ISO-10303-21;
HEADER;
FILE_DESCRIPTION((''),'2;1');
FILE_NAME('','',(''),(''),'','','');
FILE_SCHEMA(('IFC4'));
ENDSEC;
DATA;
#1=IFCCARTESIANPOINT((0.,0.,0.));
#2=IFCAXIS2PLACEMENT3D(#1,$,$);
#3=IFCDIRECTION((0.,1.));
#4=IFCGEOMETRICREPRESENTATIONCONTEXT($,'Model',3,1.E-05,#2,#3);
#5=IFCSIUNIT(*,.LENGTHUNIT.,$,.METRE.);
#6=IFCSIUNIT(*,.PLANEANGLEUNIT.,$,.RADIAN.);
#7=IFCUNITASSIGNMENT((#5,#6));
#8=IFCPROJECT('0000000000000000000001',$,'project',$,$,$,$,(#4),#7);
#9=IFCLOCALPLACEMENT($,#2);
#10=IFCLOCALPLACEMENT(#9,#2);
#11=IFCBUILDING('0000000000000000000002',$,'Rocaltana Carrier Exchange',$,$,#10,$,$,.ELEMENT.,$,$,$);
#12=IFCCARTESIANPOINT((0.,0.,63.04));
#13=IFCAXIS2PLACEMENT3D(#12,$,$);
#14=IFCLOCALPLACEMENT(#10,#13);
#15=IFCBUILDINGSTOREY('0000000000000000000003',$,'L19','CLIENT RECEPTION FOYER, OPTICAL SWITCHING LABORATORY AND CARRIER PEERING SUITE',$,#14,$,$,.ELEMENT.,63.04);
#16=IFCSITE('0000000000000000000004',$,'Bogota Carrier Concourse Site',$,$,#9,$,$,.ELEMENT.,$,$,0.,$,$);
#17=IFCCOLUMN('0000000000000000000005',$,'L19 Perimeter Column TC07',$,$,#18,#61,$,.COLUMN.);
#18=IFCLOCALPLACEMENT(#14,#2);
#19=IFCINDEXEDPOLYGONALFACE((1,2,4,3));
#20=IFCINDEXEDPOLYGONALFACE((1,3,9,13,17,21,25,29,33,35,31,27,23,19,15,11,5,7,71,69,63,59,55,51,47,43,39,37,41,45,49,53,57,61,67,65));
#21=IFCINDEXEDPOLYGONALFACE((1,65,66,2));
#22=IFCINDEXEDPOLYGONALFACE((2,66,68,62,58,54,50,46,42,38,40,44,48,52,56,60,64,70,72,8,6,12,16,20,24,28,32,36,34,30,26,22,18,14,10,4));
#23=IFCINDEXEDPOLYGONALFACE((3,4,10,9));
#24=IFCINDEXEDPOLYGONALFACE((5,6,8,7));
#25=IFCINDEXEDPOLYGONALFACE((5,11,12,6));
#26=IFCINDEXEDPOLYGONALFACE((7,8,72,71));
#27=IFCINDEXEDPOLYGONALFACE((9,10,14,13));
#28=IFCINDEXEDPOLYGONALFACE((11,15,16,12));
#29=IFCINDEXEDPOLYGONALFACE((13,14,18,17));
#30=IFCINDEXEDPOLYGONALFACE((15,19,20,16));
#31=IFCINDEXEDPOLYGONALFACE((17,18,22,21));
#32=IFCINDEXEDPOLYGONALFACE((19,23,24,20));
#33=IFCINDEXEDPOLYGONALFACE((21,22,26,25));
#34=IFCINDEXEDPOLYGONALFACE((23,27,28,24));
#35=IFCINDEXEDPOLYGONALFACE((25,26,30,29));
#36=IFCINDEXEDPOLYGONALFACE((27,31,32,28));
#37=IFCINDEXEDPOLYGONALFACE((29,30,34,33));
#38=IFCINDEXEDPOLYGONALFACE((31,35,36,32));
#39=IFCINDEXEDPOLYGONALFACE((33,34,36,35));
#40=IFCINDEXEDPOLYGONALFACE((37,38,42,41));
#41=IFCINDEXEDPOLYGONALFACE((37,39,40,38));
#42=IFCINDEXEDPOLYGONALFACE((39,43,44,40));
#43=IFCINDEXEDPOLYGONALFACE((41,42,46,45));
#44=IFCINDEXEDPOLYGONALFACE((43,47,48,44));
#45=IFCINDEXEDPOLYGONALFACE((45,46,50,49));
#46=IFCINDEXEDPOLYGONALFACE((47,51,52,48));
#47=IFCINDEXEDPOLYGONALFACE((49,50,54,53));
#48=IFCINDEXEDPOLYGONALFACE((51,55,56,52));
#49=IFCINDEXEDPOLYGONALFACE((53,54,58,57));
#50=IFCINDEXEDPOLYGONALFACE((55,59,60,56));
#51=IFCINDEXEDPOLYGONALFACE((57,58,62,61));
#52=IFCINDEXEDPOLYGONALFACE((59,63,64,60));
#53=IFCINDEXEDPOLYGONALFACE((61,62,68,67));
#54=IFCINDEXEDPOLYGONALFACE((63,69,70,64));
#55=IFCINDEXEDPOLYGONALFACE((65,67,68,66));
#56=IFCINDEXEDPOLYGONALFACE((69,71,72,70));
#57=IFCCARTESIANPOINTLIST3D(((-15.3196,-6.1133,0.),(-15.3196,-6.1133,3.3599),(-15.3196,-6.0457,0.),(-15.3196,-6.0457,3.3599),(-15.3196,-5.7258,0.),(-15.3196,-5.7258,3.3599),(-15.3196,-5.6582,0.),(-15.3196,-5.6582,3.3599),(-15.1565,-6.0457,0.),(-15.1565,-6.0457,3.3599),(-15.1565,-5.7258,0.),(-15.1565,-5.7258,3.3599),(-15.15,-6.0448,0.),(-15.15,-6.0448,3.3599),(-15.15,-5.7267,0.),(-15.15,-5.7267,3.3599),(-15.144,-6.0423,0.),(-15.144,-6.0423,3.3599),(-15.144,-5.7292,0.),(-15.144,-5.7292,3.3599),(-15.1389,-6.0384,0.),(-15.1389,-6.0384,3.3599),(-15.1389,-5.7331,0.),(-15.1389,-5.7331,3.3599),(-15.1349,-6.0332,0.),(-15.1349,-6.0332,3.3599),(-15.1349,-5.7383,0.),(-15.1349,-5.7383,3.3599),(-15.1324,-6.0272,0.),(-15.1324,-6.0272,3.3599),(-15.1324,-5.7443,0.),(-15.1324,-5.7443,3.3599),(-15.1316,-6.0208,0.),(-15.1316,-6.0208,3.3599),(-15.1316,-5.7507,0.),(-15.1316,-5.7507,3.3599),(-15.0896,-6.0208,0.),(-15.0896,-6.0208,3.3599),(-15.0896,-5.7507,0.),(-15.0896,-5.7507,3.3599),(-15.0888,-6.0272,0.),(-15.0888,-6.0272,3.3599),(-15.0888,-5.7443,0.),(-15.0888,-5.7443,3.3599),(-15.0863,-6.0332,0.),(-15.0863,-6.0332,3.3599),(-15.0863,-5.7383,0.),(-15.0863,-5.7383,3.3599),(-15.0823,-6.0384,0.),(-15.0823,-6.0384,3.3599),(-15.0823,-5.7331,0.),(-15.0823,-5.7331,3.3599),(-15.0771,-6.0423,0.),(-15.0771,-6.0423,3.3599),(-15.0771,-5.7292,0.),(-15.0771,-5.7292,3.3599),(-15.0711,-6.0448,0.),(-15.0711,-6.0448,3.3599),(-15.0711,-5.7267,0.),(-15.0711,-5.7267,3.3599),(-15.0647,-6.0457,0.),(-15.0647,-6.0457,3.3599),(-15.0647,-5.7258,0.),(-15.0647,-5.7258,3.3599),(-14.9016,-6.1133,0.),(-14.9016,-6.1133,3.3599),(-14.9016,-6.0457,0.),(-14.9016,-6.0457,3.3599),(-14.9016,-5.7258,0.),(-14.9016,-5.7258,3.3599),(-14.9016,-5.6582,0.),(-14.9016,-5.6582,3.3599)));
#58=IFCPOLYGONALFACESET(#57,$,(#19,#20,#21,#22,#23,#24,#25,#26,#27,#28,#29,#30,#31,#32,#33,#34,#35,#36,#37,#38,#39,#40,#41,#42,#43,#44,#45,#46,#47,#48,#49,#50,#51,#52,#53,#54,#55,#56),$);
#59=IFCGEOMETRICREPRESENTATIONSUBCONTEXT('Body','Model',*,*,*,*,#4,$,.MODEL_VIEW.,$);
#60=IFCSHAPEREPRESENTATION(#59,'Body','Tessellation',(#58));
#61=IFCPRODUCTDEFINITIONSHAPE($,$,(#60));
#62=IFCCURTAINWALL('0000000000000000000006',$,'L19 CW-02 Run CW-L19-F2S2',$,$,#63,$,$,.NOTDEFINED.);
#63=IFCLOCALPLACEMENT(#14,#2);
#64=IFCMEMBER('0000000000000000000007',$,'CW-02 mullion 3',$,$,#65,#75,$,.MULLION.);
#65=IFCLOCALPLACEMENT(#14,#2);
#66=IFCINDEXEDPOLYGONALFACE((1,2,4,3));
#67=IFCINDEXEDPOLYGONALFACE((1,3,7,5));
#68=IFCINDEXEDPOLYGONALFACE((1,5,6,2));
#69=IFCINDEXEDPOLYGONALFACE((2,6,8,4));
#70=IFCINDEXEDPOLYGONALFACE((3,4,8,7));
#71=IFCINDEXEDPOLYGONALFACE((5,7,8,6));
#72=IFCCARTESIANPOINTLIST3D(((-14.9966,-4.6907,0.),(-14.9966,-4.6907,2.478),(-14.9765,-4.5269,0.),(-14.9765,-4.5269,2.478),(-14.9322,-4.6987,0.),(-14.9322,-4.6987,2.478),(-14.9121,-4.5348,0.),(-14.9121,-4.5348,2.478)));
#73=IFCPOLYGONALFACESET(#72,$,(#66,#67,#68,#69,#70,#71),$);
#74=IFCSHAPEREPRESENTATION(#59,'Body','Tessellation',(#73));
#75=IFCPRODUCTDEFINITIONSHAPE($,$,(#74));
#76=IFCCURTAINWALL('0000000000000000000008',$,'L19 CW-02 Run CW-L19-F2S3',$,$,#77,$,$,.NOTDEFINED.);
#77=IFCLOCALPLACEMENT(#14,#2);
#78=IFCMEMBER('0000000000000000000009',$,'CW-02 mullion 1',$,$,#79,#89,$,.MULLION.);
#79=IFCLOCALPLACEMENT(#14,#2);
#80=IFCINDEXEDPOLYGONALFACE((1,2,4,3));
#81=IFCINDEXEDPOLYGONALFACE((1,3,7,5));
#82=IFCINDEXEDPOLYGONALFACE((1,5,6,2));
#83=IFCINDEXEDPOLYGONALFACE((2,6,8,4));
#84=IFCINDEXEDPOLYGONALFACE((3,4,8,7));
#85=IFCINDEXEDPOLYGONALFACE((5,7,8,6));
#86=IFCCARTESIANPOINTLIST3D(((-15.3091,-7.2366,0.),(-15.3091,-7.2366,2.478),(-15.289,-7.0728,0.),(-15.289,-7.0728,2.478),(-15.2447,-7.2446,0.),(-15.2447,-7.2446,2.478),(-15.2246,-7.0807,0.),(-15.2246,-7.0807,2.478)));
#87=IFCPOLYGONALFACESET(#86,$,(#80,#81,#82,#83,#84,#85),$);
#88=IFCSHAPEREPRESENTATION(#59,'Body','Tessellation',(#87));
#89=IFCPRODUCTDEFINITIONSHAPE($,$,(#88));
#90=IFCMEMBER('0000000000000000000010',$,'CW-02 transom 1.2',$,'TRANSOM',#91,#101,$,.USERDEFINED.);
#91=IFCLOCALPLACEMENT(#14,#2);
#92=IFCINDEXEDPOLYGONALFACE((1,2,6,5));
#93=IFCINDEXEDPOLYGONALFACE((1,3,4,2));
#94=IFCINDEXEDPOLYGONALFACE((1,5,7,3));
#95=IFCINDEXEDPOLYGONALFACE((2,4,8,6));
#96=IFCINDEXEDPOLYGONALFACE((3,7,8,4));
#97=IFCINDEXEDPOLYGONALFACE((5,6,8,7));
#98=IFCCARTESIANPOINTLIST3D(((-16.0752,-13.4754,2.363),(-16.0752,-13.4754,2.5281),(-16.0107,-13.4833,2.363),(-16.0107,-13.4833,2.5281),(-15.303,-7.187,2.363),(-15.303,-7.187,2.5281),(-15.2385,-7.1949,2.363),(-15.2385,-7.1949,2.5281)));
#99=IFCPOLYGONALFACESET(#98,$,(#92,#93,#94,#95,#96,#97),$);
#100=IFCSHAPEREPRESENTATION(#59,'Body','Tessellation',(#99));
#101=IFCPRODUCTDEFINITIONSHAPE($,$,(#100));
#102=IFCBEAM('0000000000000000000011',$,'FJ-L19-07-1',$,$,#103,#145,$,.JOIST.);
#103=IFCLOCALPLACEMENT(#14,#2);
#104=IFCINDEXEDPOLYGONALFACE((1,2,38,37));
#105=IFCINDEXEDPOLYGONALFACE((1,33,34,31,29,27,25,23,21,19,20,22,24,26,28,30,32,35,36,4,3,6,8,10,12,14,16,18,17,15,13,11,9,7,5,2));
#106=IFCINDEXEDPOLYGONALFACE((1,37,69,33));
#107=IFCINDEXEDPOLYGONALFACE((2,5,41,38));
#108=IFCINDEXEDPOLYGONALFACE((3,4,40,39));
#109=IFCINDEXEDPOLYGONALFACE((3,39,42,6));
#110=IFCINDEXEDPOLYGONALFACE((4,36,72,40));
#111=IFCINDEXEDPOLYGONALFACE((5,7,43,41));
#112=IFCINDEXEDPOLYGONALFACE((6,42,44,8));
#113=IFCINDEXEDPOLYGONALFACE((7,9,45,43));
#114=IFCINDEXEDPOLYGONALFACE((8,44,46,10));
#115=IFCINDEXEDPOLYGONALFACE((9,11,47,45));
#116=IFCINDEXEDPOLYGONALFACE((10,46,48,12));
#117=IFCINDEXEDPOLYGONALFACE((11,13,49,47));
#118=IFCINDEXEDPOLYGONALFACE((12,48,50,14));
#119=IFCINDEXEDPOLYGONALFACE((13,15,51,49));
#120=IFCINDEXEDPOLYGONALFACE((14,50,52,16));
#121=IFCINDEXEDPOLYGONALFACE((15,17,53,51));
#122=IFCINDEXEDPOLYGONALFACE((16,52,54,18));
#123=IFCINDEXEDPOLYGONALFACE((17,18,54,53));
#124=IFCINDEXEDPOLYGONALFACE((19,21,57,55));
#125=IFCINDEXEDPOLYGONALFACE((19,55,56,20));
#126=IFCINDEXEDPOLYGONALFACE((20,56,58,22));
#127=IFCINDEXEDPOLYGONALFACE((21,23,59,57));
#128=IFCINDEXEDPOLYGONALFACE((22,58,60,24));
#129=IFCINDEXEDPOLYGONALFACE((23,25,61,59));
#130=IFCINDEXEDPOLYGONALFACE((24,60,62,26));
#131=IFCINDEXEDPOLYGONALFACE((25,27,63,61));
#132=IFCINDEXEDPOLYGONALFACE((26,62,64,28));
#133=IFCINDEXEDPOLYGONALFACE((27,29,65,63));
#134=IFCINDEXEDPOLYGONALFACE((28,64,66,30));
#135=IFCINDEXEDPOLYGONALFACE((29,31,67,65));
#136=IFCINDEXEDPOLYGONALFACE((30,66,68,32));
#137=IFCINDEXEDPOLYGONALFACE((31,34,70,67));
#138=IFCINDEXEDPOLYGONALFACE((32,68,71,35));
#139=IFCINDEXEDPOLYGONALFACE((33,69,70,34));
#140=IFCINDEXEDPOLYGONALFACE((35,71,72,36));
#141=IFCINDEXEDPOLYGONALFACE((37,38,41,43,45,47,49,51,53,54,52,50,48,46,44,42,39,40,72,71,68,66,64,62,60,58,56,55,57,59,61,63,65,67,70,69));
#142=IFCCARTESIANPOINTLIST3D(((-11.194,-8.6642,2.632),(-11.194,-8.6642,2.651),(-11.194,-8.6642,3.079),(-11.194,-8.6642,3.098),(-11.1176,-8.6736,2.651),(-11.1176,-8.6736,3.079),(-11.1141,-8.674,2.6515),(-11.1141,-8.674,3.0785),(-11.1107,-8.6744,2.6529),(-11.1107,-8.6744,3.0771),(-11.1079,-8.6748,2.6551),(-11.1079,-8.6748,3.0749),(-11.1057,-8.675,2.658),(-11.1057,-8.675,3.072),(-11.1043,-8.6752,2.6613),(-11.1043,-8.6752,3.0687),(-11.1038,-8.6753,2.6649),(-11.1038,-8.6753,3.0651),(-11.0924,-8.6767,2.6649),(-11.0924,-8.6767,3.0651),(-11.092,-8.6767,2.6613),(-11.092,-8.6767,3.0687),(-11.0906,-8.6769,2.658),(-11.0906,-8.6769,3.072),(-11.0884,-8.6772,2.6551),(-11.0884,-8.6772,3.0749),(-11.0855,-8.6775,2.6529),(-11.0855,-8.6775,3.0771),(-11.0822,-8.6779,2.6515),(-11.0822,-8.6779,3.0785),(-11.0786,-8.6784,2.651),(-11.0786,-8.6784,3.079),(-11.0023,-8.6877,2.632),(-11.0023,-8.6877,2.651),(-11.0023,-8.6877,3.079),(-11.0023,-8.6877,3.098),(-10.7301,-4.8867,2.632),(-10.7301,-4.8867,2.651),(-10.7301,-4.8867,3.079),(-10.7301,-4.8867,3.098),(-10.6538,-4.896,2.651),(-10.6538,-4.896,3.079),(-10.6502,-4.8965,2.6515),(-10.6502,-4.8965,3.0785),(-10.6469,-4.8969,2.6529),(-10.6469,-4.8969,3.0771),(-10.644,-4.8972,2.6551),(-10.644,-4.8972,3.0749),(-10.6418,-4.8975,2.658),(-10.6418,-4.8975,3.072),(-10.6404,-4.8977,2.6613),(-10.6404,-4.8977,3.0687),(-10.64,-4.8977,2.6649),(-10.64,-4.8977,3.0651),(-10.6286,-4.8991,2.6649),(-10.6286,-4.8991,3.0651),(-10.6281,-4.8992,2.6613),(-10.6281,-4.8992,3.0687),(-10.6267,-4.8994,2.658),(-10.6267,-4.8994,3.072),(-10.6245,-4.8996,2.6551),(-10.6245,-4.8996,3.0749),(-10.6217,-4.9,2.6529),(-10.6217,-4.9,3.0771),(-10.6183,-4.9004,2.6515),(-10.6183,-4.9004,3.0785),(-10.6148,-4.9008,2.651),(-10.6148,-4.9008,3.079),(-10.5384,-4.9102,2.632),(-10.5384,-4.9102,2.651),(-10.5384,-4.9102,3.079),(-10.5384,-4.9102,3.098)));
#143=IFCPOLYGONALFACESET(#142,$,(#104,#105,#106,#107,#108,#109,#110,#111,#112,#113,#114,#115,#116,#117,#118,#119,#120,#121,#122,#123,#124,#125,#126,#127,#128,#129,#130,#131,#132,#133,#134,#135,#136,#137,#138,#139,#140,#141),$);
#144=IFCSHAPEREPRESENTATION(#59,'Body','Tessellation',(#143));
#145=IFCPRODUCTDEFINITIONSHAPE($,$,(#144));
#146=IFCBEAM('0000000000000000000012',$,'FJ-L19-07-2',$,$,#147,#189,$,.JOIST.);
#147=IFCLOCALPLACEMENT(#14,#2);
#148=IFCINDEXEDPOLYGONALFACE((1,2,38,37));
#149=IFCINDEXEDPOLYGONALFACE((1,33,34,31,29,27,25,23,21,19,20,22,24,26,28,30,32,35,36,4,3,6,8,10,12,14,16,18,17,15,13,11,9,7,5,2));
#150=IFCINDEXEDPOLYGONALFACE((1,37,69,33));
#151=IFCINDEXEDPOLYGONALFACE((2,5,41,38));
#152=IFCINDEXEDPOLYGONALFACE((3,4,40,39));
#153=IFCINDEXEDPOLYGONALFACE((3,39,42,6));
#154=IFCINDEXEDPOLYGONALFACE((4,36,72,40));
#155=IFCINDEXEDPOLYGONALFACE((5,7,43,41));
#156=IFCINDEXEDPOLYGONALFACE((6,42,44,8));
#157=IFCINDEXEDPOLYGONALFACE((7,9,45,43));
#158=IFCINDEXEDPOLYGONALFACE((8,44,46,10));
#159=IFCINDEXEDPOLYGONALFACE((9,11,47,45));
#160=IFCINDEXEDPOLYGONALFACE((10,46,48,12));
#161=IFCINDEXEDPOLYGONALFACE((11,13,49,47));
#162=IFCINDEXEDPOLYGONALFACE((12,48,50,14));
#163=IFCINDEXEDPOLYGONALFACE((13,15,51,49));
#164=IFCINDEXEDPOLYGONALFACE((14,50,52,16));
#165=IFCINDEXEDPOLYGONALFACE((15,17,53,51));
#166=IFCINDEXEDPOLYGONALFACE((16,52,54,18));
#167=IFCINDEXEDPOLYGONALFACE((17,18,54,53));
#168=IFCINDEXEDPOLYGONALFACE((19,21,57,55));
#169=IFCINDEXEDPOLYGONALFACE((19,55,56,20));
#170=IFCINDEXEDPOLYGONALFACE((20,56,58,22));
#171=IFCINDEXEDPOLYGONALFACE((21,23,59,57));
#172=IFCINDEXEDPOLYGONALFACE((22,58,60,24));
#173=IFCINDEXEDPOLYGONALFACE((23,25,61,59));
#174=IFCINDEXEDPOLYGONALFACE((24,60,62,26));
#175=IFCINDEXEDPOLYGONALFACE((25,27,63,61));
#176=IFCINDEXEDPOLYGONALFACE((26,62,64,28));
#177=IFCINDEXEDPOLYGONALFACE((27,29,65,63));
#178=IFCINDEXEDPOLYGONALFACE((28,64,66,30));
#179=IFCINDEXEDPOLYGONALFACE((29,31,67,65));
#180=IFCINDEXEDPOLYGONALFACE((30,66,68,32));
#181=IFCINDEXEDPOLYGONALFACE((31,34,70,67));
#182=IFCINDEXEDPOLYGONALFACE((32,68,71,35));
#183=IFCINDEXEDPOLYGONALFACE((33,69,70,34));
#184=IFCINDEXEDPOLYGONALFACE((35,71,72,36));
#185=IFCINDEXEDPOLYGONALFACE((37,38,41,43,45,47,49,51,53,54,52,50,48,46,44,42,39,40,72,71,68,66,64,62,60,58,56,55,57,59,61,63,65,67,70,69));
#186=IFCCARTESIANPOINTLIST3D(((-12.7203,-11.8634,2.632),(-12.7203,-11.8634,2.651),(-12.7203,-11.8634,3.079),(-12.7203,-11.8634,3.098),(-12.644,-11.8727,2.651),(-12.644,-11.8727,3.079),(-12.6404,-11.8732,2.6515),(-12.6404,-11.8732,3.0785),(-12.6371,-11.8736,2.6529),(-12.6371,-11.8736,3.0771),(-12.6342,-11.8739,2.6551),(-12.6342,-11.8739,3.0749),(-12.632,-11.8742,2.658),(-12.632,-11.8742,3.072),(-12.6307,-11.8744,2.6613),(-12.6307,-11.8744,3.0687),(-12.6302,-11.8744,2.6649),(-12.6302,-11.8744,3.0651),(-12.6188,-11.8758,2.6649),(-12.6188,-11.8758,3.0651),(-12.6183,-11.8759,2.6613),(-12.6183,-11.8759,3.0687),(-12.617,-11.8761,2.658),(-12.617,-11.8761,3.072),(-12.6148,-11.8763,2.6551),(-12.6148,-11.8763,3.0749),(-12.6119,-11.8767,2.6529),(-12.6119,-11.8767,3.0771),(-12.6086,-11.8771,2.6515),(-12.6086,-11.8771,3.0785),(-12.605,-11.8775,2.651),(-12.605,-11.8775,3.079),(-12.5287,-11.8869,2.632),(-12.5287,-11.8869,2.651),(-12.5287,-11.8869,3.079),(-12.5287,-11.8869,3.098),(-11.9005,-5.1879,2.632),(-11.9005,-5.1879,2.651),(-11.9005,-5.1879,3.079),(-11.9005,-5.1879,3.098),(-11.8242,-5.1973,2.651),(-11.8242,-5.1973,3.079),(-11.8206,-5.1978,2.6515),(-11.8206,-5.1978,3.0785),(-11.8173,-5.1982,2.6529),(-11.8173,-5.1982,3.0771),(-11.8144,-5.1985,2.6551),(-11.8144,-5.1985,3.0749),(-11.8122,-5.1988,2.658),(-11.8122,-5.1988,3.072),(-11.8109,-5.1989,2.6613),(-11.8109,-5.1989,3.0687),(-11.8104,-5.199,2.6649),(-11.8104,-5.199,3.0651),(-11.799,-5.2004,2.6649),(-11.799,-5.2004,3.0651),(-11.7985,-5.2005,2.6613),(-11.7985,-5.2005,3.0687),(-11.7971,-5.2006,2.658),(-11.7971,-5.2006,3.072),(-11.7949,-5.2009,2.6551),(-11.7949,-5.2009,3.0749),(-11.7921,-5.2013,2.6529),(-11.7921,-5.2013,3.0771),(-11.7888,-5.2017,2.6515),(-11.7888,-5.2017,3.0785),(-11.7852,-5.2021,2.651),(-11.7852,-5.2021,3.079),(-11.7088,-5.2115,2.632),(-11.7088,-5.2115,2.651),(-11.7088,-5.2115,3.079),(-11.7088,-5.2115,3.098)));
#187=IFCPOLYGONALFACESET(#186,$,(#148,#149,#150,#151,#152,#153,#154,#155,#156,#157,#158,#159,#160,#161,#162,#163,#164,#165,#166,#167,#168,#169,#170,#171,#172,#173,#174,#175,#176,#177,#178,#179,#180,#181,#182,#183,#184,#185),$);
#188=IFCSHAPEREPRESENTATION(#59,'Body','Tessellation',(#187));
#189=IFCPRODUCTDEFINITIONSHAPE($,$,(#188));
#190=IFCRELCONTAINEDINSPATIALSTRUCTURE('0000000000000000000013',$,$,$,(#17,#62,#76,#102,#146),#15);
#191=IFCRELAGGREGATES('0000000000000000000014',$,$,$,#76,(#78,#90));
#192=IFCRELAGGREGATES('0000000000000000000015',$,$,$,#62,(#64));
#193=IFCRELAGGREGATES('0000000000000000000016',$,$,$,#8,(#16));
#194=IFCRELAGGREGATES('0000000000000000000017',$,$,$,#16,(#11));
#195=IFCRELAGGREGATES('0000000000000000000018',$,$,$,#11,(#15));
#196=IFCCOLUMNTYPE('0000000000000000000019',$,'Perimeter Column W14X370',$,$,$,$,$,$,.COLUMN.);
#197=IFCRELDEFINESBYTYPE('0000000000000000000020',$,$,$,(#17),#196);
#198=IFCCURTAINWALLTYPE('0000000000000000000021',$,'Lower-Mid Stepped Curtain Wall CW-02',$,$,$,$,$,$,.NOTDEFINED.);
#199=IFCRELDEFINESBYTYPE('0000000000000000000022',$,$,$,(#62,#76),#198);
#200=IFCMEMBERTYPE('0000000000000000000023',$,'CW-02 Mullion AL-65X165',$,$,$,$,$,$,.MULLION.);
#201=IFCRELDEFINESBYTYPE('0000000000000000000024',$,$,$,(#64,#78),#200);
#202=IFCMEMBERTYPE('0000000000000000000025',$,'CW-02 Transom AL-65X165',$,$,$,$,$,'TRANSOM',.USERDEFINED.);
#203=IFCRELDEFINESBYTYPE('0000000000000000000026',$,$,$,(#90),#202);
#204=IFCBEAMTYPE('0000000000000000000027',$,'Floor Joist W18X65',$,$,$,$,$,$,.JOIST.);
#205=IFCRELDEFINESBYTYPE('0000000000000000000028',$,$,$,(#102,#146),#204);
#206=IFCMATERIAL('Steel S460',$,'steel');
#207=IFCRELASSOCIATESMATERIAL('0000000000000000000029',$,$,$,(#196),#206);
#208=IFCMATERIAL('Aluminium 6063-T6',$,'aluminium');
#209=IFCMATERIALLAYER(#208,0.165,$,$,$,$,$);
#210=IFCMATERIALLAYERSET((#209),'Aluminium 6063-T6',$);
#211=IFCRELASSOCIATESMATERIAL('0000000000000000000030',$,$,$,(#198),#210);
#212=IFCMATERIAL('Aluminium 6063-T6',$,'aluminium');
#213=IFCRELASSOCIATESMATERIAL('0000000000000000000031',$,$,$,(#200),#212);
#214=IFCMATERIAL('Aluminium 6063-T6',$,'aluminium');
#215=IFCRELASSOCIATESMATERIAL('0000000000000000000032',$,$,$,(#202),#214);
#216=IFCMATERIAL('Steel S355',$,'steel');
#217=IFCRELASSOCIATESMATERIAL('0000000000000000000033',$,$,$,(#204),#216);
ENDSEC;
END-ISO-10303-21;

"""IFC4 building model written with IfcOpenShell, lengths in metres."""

from ifc_helpers import new_model, si_unit, direction, frame, origin, origin_2d, place, context, subcontext, project, spatial, rectangle, i_section, extrude, material, layer, layer_set, material_profile, profile_set, type_object, element, aggregate, save


model = new_model("IFC4")

# Units and contexts
model_context = context("Model", 3, precision=1e-05, world=origin(), true_north=direction((0.0, 1.0)))
body_context = subcontext(model_context, "Body", "Model", "MODEL_VIEW")
ifc_project = project(units=[si_unit("LENGTHUNIT", "METRE"), si_unit("PLANEANGLEUNIT", "RADIAN")], contexts=[model_context])

# Site, building, storey
site_placement = place(None, origin())
site = spatial("IfcSite", under=ifc_project, at=site_placement, Name="Bogota Carrier Concourse Site", CompositionType="ELEMENT", RefElevation=0.0)
building_placement = place(site_placement, origin())
building = spatial("IfcBuilding", under=site, at=building_placement, Name="Rocaltana Carrier Exchange", CompositionType="ELEMENT")
storey_placement = place(building_placement, frame((0.0, 0.0, 63.04)))
storey = spatial("IfcBuildingStorey", under=building, at=storey_placement, Name="L19", Description="CLIENT RECEPTION FOYER, OPTICAL SWITCHING LABORATORY AND CARRIER PEERING SUITE", CompositionType="ELEMENT", Elevation=63.04)

# Column
ifc_material_1 = material(Name="Steel S460", Category="steel")
ifc_material_profile_1 = material_profile(ifc_material_1, i_section(OverallWidth=0.418, OverallDepth=0.4551, WebThickness=0.042, FlangeThickness=0.0676, FilletRadius=0.0249, at=origin_2d()), Name="W14X370")
ifc_profile_set_1 = profile_set([ifc_material_profile_1], Name="Steel S460")
column_type = type_object("IfcColumnType", Name="Perimeter Column W14X370", PredefinedType="COLUMN", material=ifc_profile_set_1)
column_placement = place(storey_placement, frame((-15.1106, -5.8857, 0.0), z_axis=(0.0, 0.0, 1.0), x_axis=(1.0, 0.0, 0.0)))
element("IfcColumn", 1, at=column_placement, inside=storey, type_object=column_type, Name="L19 Perimeter Column TC07", PredefinedType="COLUMN", context=body_context, shape_type="SweptSolid", body=[
    extrude(i_section(OverallWidth=0.418, OverallDepth=0.4551, WebThickness=0.042, FlangeThickness=0.0676, FilletRadius=0.0249, at=origin_2d()), origin(), (0.0, 0.0, 1.0), 3.3599),
])

# Curtain wall, member
ifc_material_2 = material(Name="Aluminium 6063-T6", Category="aluminium")
ifc_layer_1 = layer(ifc_material_2, 0.165)
ifc_layer_set_1 = layer_set([ifc_layer_1], Name="Aluminium 6063-T6")
curtain_wall_type = type_object("IfcCurtainWallType", Name="Lower-Mid Stepped Curtain Wall CW-02", PredefinedType="NOTDEFINED", material=ifc_layer_set_1)
curtain_wall_1_placement = place(storey_placement, origin())
curtain_wall_1 = element("IfcCurtainWall", 2, at=curtain_wall_1_placement, inside=storey, type_object=curtain_wall_type, Name="L19 CW-02 Run CW-L19-F2S2", PredefinedType="NOTDEFINED")
ifc_material_3 = material(Name="Aluminium 6063-T6", Category="aluminium")
ifc_material_profile_2 = material_profile(ifc_material_3, rectangle(XDim=0.0649, YDim=0.165, at=origin_2d()), Name="AL-65X165")
ifc_profile_set_2 = profile_set([ifc_material_profile_2], Name="Aluminium 6063-T6")
member_type_1 = type_object("IfcMemberType", Name="CW-02 Mullion AL-65X165", PredefinedType="MULLION", material=ifc_profile_set_2)
member_1_placement = place(storey_placement, frame((-14.9543, -4.6128, 0.0), z_axis=(0.0, 0.0, 1.0), x_axis=(0.992546, -0.121874, 0.0)))
member_1 = element("IfcMember", 3, at=member_1_placement, type_object=member_type_1, Name="CW-02 mullion 3", PredefinedType="MULLION", context=body_context, shape_type="SweptSolid", body=[
    extrude(rectangle(XDim=0.0649, YDim=0.165, at=origin_2d()), origin(), (0.0, 0.0, 1.0), 2.478),
])

# Curtain wall, members
curtain_wall_2_placement = place(storey_placement, origin())
curtain_wall_2 = element("IfcCurtainWall", 4, at=curtain_wall_2_placement, inside=storey, type_object=curtain_wall_type, Name="L19 CW-02 Run CW-L19-F2S3", PredefinedType="NOTDEFINED")
member_2_placement = place(storey_placement, frame((-15.2668, -7.1587, 0.0), z_axis=(0.0, 0.0, 1.0), x_axis=(0.992545, -0.121881, 0.0)))
member_2 = element("IfcMember", 5, at=member_2_placement, type_object=member_type_1, Name="CW-02 mullion 1", PredefinedType="MULLION", context=body_context, shape_type="SweptSolid", body=[
    extrude(rectangle(XDim=0.0649, YDim=0.165, at=origin_2d()), origin(), (0.0, 0.0, 1.0), 2.478),
])
ifc_material_4 = material(Name="Aluminium 6063-T6", Category="aluminium")
ifc_material_profile_3 = material_profile(ifc_material_4, rectangle(XDim=0.0649, YDim=0.165, at=origin_2d()), Name="AL-65X165")
ifc_profile_set_3 = profile_set([ifc_material_profile_3], Name="Aluminium 6063-T6")
member_type_2 = type_object("IfcMemberType", Name="CW-02 Transom AL-65X165", ElementType="TRANSOM", PredefinedType="USERDEFINED", material=ifc_profile_set_3)
member_3_placement = place(storey_placement, frame((-15.2708, -7.1909, 2.4456), z_axis=(-0.121881, -0.992545, 0.0), x_axis=(0.992545, -0.121881, 0.0)))
member_3 = element("IfcMember", 6, at=member_3_placement, type_object=member_type_2, Name="CW-02 transom 1.2", ObjectType="TRANSOM", PredefinedType="USERDEFINED", context=body_context, shape_type="SweptSolid", body=[
    extrude(rectangle(XDim=0.0649, YDim=0.165, at=origin_2d()), origin(), (0.0, 0.0, 1.0), 6.3357),
])
aggregate(curtain_wall_2, [member_2, member_3])

# Beams
ifc_material_5 = material(Name="Steel S355", Category="steel")
ifc_material_profile_4 = material_profile(ifc_material_5, i_section(OverallWidth=0.1931, OverallDepth=0.4661, WebThickness=0.0115, FlangeThickness=0.019, FilletRadius=0.0139, at=origin_2d()), Name="W18X65")
ifc_profile_set_4 = profile_set([ifc_material_profile_4], Name="Steel S355")
beam_type_1 = type_object("IfcBeamType", Name="Floor Joist W18X65", PredefinedType="JOIST", material=ifc_profile_set_4)
beam_1_placement = place(storey_placement, frame((-10.6343, -4.8984, 2.865), z_axis=(-0.121879, -0.992545, 0.0), x_axis=(0.992545, -0.121879, 0.0)))
element("IfcBeam", 7, at=beam_1_placement, inside=storey, type_object=beam_type_1, Name="FJ-L19-07-1", PredefinedType="JOIST", context=body_context, shape_type="SweptSolid", body=[
    extrude(i_section(OverallWidth=0.1931, OverallDepth=0.4661, WebThickness=0.0115, FlangeThickness=0.019, FilletRadius=0.0139, at=origin_2d()), origin(), (0.0, 0.0, 1.0), 3.8059),
])
beam_2_placement = place(storey_placement, frame((-11.8047, -5.1997, 2.865), z_axis=(-0.121894, -0.992543, 0.0), x_axis=(0.992543, -0.121894, 0.0)))
element("IfcBeam", 8, at=beam_2_placement, inside=storey, type_object=beam_type_1, Name="FJ-L19-07-2", PredefinedType="JOIST", context=body_context, shape_type="SweptSolid", body=[
    extrude(i_section(OverallWidth=0.1931, OverallDepth=0.4661, WebThickness=0.0115, FlangeThickness=0.019, FilletRadius=0.0139, at=origin_2d()), origin(), (0.0, 0.0, 1.0), 6.7256),
])

aggregate(curtain_wall_1, [member_1])

save(model, "model.ifc")
